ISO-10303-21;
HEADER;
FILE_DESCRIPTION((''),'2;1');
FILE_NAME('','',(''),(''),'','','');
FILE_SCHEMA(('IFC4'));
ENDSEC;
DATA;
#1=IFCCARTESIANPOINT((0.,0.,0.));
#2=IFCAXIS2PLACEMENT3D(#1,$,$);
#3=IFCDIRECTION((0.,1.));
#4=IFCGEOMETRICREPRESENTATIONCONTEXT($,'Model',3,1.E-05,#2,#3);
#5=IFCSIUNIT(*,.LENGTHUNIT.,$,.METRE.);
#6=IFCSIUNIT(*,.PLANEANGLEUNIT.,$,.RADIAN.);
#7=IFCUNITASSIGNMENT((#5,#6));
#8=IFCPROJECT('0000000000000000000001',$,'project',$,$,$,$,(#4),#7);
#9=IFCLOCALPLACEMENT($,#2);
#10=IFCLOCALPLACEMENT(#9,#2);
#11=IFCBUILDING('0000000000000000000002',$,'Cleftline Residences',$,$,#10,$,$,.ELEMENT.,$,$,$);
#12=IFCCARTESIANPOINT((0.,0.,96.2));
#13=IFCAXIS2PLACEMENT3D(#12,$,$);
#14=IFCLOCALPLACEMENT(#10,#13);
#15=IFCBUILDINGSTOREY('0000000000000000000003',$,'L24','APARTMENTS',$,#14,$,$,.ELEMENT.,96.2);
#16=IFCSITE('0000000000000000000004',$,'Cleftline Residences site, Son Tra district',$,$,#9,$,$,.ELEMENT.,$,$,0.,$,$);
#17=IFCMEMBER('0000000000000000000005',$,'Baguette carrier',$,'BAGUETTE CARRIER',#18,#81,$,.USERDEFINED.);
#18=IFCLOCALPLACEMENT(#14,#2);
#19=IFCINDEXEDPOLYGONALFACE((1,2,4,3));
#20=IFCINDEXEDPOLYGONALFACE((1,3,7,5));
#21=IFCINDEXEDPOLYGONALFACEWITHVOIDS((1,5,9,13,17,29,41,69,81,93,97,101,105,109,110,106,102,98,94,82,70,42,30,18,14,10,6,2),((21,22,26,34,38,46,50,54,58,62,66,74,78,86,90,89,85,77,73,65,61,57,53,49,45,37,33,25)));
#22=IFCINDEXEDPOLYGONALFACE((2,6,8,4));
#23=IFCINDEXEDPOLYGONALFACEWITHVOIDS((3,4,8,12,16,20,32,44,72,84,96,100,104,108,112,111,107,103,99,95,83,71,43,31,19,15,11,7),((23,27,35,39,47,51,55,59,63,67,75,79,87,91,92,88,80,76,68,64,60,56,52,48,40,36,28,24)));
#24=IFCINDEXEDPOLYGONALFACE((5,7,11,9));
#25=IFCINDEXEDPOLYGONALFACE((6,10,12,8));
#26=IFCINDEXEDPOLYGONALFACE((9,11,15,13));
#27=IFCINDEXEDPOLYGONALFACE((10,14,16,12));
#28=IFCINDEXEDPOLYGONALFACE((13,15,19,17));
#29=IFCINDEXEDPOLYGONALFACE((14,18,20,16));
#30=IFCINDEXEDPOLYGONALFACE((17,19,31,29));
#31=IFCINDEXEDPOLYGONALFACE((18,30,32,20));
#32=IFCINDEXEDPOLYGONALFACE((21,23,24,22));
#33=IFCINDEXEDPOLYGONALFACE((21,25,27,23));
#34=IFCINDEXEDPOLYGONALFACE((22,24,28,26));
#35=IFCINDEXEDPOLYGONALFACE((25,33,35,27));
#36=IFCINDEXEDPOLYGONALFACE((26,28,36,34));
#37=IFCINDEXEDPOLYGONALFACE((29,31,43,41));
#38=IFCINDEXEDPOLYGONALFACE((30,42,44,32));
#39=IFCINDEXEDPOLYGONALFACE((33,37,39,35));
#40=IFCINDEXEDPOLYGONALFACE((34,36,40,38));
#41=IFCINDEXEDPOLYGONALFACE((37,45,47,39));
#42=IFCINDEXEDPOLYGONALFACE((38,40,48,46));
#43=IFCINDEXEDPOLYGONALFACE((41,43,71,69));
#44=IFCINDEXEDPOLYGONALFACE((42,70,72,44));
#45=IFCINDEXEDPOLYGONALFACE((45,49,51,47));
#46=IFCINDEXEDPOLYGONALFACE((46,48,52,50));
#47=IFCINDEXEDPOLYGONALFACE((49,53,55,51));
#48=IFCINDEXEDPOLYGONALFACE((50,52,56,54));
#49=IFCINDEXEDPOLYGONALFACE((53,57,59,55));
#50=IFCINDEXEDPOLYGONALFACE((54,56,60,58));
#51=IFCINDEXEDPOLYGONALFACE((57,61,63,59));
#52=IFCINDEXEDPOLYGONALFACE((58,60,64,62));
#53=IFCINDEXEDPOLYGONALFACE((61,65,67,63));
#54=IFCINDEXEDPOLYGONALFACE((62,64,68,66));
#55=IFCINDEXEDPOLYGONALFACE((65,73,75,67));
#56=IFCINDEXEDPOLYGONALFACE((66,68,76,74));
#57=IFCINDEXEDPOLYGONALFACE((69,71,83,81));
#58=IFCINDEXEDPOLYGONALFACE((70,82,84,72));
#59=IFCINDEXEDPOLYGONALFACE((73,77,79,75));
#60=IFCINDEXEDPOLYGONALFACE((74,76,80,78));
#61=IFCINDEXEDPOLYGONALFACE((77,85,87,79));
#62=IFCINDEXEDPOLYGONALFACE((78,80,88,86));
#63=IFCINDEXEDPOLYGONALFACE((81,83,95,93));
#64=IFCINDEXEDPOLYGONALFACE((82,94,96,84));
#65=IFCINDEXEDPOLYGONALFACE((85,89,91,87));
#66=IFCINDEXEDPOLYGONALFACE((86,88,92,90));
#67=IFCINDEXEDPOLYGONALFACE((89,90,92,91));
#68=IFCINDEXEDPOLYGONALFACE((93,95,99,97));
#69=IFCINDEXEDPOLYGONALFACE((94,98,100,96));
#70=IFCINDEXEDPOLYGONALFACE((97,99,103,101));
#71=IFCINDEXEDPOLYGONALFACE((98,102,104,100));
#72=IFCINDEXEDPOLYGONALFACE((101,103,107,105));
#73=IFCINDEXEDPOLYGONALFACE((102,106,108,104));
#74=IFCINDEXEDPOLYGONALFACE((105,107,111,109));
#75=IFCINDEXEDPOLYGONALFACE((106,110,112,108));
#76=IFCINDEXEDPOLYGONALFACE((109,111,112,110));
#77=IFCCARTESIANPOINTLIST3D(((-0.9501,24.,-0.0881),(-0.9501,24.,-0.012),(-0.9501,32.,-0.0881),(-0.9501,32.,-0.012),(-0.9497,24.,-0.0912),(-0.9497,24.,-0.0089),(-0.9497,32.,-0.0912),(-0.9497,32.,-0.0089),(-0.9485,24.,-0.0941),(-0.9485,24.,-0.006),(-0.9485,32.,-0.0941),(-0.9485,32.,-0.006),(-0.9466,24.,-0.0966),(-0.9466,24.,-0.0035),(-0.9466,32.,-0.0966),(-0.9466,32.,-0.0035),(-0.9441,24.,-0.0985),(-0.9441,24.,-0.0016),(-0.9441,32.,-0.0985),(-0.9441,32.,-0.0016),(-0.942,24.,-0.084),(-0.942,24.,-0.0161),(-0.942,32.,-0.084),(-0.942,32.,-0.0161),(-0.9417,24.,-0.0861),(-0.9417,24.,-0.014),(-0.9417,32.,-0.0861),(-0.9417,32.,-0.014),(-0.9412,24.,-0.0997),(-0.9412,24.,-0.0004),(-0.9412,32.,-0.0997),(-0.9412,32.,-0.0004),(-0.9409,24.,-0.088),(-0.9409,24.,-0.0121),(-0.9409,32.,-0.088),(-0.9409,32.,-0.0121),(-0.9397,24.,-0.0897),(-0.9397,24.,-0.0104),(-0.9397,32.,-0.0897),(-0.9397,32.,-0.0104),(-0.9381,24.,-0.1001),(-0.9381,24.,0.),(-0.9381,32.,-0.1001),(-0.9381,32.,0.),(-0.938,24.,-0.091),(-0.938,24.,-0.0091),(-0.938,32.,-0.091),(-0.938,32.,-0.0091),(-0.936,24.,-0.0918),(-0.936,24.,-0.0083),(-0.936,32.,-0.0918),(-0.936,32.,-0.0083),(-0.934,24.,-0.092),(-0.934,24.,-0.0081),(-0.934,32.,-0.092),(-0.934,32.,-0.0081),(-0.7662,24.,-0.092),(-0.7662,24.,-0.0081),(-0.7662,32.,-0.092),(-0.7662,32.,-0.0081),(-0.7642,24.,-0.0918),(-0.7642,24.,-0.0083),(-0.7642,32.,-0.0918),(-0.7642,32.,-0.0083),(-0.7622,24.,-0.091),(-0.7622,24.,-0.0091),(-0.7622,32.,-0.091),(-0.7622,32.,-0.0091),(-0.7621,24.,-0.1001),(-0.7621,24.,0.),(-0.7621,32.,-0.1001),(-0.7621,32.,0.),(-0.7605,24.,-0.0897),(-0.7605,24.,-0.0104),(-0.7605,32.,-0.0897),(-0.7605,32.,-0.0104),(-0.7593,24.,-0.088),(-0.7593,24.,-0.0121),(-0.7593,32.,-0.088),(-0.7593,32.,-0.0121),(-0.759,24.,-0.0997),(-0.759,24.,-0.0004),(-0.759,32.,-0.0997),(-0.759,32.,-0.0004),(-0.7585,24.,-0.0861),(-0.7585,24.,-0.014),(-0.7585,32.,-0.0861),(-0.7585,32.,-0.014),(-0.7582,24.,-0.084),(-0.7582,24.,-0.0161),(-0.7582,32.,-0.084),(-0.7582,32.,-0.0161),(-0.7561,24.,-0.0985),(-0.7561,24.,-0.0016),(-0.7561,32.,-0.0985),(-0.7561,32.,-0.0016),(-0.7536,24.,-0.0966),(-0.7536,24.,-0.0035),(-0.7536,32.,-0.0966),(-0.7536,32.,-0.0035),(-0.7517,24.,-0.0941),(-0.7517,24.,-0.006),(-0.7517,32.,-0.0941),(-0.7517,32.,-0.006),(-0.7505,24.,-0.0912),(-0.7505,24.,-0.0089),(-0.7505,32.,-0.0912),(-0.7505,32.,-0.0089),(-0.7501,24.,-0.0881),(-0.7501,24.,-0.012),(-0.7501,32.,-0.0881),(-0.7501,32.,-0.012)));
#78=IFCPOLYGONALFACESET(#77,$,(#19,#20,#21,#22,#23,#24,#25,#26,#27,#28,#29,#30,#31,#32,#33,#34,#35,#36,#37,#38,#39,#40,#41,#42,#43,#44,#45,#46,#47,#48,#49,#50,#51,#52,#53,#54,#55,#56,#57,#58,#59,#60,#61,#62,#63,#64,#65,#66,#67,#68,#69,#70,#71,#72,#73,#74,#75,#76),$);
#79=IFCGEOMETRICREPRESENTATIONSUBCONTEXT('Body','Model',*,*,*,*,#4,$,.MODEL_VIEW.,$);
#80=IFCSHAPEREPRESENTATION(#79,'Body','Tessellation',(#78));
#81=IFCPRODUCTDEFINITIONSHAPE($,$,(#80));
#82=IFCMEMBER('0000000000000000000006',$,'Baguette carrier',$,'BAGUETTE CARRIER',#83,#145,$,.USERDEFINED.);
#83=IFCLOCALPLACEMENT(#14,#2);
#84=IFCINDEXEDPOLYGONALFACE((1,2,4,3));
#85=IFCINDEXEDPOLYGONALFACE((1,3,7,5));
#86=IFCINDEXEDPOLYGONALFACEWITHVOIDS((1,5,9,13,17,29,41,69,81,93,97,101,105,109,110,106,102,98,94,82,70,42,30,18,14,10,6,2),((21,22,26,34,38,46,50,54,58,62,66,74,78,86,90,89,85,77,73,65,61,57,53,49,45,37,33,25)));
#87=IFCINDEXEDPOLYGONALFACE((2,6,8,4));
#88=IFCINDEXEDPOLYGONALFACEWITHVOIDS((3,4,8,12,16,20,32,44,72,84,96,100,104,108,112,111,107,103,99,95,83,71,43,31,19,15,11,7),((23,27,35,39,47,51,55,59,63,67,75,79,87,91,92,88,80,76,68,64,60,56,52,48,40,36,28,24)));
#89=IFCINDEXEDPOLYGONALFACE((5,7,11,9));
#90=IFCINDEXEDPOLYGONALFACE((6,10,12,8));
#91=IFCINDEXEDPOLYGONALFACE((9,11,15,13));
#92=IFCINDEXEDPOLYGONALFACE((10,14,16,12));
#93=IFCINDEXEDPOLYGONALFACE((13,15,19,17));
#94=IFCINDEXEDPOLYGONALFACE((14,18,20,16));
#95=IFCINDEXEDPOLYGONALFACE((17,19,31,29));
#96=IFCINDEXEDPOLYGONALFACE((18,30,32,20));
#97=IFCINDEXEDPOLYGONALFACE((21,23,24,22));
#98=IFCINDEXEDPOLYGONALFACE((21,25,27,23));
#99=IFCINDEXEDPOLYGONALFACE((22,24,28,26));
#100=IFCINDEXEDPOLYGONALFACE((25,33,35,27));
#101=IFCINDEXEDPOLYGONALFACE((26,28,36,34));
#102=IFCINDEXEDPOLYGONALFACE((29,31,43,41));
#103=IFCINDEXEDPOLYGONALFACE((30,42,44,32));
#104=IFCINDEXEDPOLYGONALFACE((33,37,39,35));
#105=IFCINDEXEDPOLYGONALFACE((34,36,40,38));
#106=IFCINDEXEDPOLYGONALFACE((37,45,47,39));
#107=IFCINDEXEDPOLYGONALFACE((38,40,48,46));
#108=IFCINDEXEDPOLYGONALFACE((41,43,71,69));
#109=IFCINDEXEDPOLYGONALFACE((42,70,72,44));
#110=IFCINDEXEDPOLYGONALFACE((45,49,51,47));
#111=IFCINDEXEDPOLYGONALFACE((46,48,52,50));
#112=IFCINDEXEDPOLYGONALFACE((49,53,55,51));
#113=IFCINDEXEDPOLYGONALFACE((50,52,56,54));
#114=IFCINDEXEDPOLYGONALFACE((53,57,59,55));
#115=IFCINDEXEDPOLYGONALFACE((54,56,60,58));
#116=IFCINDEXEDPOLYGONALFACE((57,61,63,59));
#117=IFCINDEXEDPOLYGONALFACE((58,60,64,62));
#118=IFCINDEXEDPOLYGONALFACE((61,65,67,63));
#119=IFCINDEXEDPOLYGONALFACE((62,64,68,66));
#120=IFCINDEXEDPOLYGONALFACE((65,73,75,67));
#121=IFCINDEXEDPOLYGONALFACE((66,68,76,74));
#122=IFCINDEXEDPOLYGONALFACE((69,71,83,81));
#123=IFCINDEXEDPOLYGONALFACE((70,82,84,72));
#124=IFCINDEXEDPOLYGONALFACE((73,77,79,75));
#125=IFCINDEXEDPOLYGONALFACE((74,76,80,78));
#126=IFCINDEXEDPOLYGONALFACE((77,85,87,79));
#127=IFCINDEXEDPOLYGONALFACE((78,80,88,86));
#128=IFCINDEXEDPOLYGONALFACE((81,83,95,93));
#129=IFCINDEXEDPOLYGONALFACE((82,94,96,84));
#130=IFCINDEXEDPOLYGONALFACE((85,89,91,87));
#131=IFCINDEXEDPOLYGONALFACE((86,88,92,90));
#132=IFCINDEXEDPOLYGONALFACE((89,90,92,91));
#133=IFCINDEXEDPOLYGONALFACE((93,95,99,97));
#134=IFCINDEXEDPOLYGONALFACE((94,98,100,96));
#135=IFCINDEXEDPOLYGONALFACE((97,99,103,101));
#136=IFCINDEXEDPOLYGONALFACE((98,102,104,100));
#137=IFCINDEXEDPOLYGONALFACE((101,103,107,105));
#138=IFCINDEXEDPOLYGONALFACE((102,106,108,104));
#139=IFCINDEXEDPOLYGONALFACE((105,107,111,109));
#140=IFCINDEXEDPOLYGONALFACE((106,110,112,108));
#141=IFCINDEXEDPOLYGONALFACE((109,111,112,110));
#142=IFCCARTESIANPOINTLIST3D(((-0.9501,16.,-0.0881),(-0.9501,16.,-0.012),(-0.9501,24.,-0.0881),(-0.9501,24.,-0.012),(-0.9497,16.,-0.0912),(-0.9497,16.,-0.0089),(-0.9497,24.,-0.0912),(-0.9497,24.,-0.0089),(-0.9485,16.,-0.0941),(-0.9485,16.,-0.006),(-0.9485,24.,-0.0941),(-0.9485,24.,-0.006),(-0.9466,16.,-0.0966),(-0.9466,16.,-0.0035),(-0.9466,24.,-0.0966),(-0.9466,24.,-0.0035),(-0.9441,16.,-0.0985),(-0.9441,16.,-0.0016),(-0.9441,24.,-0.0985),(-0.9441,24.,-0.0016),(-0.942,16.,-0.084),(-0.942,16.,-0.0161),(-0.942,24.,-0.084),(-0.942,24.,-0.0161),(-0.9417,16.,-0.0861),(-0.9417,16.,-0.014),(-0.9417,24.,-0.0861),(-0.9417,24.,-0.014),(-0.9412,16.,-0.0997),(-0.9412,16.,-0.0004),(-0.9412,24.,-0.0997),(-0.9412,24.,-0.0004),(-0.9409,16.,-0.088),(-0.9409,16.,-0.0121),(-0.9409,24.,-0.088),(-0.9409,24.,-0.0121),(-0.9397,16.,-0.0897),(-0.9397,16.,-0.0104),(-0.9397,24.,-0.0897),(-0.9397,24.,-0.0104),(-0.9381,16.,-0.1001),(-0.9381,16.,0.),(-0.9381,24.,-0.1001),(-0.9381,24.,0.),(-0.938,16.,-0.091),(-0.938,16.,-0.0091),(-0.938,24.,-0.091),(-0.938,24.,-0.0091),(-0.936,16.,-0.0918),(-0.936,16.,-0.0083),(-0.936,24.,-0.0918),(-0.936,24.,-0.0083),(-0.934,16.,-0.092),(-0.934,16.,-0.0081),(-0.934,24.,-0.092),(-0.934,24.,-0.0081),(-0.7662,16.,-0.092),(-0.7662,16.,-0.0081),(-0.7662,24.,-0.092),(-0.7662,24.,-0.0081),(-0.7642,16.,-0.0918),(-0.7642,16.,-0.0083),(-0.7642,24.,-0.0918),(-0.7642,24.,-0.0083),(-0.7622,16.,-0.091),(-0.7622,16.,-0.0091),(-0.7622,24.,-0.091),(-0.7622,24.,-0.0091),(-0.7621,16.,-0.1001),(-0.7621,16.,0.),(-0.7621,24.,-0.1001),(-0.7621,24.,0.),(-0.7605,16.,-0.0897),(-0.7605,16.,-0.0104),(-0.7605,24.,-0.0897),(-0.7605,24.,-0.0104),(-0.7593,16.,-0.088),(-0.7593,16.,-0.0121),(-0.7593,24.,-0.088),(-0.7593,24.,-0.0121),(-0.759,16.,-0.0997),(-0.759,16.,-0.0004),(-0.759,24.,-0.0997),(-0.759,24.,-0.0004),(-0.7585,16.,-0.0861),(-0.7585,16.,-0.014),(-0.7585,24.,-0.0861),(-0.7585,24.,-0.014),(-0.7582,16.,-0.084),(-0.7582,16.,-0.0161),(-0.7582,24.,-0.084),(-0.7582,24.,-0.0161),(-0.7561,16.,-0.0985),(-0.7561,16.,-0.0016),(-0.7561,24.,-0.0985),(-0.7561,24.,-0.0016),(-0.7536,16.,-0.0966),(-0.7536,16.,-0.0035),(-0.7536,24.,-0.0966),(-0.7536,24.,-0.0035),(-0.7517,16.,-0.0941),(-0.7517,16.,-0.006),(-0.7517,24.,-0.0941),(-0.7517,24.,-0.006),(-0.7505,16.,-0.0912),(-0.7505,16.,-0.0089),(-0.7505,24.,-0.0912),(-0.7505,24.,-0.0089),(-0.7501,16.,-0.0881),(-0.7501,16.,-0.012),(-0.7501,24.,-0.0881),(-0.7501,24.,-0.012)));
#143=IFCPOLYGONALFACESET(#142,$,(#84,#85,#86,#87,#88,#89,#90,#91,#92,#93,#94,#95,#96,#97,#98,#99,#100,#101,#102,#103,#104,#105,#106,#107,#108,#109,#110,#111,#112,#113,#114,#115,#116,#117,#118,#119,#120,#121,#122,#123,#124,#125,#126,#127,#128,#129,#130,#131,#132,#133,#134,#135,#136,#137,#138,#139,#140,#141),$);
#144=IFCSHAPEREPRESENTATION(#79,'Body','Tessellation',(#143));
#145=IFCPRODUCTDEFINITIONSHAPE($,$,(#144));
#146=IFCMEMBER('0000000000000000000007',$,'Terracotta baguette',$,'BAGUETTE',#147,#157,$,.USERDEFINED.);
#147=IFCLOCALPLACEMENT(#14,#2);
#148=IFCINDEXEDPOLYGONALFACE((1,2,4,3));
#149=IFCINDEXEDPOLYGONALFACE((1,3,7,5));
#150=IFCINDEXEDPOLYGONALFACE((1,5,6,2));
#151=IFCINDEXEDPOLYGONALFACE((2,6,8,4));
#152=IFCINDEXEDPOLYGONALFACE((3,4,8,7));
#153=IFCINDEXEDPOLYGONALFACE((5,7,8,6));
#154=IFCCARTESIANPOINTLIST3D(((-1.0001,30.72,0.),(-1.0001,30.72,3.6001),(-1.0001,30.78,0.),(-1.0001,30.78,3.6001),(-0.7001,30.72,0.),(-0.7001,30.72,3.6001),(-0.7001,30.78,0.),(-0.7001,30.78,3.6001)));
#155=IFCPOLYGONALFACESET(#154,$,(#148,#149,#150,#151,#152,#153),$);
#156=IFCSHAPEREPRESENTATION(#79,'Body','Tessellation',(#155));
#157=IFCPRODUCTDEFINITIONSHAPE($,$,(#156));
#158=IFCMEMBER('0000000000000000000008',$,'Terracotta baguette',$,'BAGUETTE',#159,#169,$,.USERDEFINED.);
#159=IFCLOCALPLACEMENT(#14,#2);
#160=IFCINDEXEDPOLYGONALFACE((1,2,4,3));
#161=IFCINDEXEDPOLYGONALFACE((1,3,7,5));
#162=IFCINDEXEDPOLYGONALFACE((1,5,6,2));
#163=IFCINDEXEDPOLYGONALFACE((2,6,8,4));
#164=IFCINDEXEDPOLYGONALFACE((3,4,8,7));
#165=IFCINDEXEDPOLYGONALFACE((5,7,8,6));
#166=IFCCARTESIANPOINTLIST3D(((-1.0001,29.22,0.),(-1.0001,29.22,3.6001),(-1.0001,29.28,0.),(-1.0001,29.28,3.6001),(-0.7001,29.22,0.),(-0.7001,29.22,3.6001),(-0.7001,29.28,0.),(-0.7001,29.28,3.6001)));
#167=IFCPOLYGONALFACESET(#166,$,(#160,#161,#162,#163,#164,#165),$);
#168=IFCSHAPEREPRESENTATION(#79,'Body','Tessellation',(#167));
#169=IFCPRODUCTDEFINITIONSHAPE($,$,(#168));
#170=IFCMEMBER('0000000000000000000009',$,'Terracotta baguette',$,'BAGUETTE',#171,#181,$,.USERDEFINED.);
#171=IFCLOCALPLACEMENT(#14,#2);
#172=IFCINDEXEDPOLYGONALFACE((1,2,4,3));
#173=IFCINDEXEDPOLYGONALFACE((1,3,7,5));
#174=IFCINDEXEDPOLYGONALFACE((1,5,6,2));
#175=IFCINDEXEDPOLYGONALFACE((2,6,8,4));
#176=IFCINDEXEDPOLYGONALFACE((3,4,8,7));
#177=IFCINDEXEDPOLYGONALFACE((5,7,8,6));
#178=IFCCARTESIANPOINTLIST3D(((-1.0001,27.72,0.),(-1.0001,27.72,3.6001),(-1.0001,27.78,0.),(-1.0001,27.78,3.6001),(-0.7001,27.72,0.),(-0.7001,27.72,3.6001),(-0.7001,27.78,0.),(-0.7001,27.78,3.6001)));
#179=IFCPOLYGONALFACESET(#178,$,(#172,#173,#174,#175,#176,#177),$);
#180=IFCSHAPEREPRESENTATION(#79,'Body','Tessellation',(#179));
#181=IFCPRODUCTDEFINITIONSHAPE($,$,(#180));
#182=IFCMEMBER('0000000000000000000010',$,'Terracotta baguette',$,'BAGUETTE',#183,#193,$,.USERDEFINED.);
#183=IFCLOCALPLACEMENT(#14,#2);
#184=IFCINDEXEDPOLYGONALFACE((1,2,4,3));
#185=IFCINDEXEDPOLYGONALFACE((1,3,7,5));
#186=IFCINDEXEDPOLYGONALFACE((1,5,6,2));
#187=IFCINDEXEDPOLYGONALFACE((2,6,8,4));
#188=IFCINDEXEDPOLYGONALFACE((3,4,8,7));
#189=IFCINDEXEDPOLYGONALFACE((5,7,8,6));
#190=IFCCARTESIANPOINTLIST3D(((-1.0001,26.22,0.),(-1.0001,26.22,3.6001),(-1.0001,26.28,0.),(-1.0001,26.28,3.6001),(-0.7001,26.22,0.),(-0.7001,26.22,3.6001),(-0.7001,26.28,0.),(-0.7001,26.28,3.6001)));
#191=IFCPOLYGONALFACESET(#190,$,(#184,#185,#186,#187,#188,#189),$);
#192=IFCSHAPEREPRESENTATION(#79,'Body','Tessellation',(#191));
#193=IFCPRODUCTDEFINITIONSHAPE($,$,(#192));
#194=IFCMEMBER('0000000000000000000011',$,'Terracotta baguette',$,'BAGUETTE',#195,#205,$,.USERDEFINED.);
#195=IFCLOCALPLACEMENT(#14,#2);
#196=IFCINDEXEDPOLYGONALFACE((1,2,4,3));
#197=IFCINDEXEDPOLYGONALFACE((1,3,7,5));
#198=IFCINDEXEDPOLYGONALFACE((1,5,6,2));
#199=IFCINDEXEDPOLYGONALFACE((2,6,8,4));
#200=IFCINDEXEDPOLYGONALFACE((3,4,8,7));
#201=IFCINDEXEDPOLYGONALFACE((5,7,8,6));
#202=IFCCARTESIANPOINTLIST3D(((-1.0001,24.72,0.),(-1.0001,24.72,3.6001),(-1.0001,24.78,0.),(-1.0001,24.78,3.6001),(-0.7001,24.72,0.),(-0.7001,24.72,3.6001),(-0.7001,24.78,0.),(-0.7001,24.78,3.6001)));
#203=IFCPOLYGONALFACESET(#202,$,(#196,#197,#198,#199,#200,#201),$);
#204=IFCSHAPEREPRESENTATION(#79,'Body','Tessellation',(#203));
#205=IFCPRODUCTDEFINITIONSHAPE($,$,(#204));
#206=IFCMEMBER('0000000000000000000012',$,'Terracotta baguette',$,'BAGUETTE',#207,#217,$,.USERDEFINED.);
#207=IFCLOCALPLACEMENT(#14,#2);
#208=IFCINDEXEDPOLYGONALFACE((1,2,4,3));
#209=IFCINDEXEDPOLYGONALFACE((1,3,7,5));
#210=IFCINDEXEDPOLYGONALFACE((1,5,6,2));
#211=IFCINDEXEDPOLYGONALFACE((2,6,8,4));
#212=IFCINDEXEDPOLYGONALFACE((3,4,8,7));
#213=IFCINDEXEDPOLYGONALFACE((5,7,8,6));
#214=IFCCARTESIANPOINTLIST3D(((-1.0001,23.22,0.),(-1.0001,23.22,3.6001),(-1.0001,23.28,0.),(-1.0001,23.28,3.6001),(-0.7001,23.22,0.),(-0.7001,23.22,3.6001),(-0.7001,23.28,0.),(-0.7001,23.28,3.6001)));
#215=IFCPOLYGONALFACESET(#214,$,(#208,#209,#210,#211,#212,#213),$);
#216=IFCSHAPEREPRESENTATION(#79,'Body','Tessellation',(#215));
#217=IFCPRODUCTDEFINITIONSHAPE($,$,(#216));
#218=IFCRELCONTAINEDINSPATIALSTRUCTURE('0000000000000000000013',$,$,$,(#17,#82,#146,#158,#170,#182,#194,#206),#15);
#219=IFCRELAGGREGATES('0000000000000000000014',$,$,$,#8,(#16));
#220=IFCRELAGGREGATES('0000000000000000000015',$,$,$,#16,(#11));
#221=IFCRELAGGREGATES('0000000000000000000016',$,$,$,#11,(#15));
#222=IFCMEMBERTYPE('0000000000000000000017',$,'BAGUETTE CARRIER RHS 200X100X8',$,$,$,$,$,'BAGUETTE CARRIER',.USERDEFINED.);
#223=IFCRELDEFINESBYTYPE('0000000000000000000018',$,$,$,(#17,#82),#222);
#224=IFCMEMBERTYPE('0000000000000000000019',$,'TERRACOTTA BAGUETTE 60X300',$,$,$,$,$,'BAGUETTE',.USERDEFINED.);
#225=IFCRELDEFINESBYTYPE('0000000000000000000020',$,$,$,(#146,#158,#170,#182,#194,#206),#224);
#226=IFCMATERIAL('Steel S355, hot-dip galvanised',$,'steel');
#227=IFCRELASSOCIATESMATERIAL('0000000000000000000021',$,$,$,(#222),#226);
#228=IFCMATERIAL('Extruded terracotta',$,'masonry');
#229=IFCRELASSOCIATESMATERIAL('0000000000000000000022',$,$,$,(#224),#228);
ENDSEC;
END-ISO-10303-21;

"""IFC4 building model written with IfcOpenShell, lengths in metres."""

from ifc_helpers import new_model, si_unit, direction, frame, origin, origin_2d, place, context, subcontext, project, spatial, rectangle, hollow_rectangle, extrude, material, material_profile, profile_set, type_object, element, save


model = new_model("IFC4")

# Units and contexts
model_context = context("Model", 3, precision=1e-05, world=origin(), true_north=direction((0.0, 1.0)))
body_context = subcontext(model_context, "Body", "Model", "MODEL_VIEW")
ifc_project = project(units=[si_unit("LENGTHUNIT", "METRE"), si_unit("PLANEANGLEUNIT", "RADIAN")], contexts=[model_context])

# Site, building, storey
site_placement = place(None, origin())
site = spatial("IfcSite", under=ifc_project, at=site_placement, Name="Cleftline Residences site, Son Tra district", CompositionType="ELEMENT", RefElevation=0.0)
building_placement = place(site_placement, origin())
building = spatial("IfcBuilding", under=site, at=building_placement, Name="Cleftline Residences", CompositionType="ELEMENT")
storey_placement = place(building_placement, frame((0.0, 0.0, 96.2)))
storey = spatial("IfcBuildingStorey", under=building, at=storey_placement, Name="L24", Description="APARTMENTS", CompositionType="ELEMENT", Elevation=96.2)

# Members
ifc_material_1 = material(Name="Steel S355, hot-dip galvanised", Category="steel")
ifc_material_profile_1 = material_profile(ifc_material_1, hollow_rectangle(XDim=0.1001, YDim=0.2, WallThickness=0.0081, InnerFilletRadius=0.0081, OuterFilletRadius=0.012, at=origin_2d()))
ifc_profile_set_1 = profile_set([ifc_material_profile_1], Name="Steel S355, hot-dip galvanised")
member_type_1 = type_object("IfcMemberType", Name="BAGUETTE CARRIER RHS 200X100X8", ElementType="BAGUETTE CARRIER", PredefinedType="USERDEFINED", material=ifc_profile_set_1)
for number, where, z_axis, x_axis, name in (
    (1, (-0.8501, 32.0, -0.05), (0.0, -1.0, 0.0), (0.0, 0.0, 1.0), "Baguette carrier"),
    (2, (-0.8501, 24.0, -0.05), (0.0, -1.0, 0.0), (0.0, 0.0, 1.0), "Baguette carrier"),
):
    element("IfcMember", number, at=place(storey_placement, frame(where, z_axis=z_axis, x_axis=x_axis)), inside=storey, type_object=member_type_1, Name=name, ObjectType="BAGUETTE CARRIER", PredefinedType="USERDEFINED", context=body_context, shape_type="SweptSolid", body=[
        extrude(hollow_rectangle(XDim=0.1001, YDim=0.2, WallThickness=0.0081, InnerFilletRadius=0.0081, OuterFilletRadius=0.012, at=origin_2d()), origin(), (0.0, 0.0, 1.0), 8.0),
    ])
ifc_material_2 = material(Name="Extruded terracotta", Category="masonry")
ifc_material_profile_2 = material_profile(ifc_material_2, rectangle(XDim=0.0601, YDim=0.3, at=origin_2d()))
ifc_profile_set_2 = profile_set([ifc_material_profile_2], Name="Extruded terracotta")
member_type_2 = type_object("IfcMemberType", Name="TERRACOTTA BAGUETTE 60X300", ElementType="BAGUETTE", PredefinedType="USERDEFINED", material=ifc_profile_set_2)
for number, where, z_axis, x_axis, name in (
    (3, (-0.8501, 30.75, 0.0), (0.0, 0.0, 1.0), (0.0, 1.0, 0.0), "Terracotta baguette"),
    (4, (-0.8501, 29.25, 0.0), (0.0, 0.0, 1.0), (0.0, 1.0, 0.0), "Terracotta baguette"),
    (5, (-0.8501, 27.75, 0.0), (0.0, 0.0, 1.0), (0.0, 1.0, 0.0), "Terracotta baguette"),
    (6, (-0.8501, 26.25, 0.0), (0.0, 0.0, 1.0), (0.0, 1.0, 0.0), "Terracotta baguette"),
    (7, (-0.8501, 24.75, 0.0), (0.0, 0.0, 1.0), (0.0, 1.0, 0.0), "Terracotta baguette"),
    (8, (-0.8501, 23.25, 0.0), (0.0, 0.0, 1.0), (0.0, 1.0, 0.0), "Terracotta baguette"),
):
    element("IfcMember", number, at=place(storey_placement, frame(where, z_axis=z_axis, x_axis=x_axis)), inside=storey, type_object=member_type_2, Name=name, ObjectType="BAGUETTE", PredefinedType="USERDEFINED", context=body_context, shape_type="SweptSolid", body=[
        extrude(rectangle(XDim=0.0601, YDim=0.3, at=origin_2d()), origin(), (0.0, 0.0, 1.0), 3.6001),
    ])

save(model, "model.ifc")
